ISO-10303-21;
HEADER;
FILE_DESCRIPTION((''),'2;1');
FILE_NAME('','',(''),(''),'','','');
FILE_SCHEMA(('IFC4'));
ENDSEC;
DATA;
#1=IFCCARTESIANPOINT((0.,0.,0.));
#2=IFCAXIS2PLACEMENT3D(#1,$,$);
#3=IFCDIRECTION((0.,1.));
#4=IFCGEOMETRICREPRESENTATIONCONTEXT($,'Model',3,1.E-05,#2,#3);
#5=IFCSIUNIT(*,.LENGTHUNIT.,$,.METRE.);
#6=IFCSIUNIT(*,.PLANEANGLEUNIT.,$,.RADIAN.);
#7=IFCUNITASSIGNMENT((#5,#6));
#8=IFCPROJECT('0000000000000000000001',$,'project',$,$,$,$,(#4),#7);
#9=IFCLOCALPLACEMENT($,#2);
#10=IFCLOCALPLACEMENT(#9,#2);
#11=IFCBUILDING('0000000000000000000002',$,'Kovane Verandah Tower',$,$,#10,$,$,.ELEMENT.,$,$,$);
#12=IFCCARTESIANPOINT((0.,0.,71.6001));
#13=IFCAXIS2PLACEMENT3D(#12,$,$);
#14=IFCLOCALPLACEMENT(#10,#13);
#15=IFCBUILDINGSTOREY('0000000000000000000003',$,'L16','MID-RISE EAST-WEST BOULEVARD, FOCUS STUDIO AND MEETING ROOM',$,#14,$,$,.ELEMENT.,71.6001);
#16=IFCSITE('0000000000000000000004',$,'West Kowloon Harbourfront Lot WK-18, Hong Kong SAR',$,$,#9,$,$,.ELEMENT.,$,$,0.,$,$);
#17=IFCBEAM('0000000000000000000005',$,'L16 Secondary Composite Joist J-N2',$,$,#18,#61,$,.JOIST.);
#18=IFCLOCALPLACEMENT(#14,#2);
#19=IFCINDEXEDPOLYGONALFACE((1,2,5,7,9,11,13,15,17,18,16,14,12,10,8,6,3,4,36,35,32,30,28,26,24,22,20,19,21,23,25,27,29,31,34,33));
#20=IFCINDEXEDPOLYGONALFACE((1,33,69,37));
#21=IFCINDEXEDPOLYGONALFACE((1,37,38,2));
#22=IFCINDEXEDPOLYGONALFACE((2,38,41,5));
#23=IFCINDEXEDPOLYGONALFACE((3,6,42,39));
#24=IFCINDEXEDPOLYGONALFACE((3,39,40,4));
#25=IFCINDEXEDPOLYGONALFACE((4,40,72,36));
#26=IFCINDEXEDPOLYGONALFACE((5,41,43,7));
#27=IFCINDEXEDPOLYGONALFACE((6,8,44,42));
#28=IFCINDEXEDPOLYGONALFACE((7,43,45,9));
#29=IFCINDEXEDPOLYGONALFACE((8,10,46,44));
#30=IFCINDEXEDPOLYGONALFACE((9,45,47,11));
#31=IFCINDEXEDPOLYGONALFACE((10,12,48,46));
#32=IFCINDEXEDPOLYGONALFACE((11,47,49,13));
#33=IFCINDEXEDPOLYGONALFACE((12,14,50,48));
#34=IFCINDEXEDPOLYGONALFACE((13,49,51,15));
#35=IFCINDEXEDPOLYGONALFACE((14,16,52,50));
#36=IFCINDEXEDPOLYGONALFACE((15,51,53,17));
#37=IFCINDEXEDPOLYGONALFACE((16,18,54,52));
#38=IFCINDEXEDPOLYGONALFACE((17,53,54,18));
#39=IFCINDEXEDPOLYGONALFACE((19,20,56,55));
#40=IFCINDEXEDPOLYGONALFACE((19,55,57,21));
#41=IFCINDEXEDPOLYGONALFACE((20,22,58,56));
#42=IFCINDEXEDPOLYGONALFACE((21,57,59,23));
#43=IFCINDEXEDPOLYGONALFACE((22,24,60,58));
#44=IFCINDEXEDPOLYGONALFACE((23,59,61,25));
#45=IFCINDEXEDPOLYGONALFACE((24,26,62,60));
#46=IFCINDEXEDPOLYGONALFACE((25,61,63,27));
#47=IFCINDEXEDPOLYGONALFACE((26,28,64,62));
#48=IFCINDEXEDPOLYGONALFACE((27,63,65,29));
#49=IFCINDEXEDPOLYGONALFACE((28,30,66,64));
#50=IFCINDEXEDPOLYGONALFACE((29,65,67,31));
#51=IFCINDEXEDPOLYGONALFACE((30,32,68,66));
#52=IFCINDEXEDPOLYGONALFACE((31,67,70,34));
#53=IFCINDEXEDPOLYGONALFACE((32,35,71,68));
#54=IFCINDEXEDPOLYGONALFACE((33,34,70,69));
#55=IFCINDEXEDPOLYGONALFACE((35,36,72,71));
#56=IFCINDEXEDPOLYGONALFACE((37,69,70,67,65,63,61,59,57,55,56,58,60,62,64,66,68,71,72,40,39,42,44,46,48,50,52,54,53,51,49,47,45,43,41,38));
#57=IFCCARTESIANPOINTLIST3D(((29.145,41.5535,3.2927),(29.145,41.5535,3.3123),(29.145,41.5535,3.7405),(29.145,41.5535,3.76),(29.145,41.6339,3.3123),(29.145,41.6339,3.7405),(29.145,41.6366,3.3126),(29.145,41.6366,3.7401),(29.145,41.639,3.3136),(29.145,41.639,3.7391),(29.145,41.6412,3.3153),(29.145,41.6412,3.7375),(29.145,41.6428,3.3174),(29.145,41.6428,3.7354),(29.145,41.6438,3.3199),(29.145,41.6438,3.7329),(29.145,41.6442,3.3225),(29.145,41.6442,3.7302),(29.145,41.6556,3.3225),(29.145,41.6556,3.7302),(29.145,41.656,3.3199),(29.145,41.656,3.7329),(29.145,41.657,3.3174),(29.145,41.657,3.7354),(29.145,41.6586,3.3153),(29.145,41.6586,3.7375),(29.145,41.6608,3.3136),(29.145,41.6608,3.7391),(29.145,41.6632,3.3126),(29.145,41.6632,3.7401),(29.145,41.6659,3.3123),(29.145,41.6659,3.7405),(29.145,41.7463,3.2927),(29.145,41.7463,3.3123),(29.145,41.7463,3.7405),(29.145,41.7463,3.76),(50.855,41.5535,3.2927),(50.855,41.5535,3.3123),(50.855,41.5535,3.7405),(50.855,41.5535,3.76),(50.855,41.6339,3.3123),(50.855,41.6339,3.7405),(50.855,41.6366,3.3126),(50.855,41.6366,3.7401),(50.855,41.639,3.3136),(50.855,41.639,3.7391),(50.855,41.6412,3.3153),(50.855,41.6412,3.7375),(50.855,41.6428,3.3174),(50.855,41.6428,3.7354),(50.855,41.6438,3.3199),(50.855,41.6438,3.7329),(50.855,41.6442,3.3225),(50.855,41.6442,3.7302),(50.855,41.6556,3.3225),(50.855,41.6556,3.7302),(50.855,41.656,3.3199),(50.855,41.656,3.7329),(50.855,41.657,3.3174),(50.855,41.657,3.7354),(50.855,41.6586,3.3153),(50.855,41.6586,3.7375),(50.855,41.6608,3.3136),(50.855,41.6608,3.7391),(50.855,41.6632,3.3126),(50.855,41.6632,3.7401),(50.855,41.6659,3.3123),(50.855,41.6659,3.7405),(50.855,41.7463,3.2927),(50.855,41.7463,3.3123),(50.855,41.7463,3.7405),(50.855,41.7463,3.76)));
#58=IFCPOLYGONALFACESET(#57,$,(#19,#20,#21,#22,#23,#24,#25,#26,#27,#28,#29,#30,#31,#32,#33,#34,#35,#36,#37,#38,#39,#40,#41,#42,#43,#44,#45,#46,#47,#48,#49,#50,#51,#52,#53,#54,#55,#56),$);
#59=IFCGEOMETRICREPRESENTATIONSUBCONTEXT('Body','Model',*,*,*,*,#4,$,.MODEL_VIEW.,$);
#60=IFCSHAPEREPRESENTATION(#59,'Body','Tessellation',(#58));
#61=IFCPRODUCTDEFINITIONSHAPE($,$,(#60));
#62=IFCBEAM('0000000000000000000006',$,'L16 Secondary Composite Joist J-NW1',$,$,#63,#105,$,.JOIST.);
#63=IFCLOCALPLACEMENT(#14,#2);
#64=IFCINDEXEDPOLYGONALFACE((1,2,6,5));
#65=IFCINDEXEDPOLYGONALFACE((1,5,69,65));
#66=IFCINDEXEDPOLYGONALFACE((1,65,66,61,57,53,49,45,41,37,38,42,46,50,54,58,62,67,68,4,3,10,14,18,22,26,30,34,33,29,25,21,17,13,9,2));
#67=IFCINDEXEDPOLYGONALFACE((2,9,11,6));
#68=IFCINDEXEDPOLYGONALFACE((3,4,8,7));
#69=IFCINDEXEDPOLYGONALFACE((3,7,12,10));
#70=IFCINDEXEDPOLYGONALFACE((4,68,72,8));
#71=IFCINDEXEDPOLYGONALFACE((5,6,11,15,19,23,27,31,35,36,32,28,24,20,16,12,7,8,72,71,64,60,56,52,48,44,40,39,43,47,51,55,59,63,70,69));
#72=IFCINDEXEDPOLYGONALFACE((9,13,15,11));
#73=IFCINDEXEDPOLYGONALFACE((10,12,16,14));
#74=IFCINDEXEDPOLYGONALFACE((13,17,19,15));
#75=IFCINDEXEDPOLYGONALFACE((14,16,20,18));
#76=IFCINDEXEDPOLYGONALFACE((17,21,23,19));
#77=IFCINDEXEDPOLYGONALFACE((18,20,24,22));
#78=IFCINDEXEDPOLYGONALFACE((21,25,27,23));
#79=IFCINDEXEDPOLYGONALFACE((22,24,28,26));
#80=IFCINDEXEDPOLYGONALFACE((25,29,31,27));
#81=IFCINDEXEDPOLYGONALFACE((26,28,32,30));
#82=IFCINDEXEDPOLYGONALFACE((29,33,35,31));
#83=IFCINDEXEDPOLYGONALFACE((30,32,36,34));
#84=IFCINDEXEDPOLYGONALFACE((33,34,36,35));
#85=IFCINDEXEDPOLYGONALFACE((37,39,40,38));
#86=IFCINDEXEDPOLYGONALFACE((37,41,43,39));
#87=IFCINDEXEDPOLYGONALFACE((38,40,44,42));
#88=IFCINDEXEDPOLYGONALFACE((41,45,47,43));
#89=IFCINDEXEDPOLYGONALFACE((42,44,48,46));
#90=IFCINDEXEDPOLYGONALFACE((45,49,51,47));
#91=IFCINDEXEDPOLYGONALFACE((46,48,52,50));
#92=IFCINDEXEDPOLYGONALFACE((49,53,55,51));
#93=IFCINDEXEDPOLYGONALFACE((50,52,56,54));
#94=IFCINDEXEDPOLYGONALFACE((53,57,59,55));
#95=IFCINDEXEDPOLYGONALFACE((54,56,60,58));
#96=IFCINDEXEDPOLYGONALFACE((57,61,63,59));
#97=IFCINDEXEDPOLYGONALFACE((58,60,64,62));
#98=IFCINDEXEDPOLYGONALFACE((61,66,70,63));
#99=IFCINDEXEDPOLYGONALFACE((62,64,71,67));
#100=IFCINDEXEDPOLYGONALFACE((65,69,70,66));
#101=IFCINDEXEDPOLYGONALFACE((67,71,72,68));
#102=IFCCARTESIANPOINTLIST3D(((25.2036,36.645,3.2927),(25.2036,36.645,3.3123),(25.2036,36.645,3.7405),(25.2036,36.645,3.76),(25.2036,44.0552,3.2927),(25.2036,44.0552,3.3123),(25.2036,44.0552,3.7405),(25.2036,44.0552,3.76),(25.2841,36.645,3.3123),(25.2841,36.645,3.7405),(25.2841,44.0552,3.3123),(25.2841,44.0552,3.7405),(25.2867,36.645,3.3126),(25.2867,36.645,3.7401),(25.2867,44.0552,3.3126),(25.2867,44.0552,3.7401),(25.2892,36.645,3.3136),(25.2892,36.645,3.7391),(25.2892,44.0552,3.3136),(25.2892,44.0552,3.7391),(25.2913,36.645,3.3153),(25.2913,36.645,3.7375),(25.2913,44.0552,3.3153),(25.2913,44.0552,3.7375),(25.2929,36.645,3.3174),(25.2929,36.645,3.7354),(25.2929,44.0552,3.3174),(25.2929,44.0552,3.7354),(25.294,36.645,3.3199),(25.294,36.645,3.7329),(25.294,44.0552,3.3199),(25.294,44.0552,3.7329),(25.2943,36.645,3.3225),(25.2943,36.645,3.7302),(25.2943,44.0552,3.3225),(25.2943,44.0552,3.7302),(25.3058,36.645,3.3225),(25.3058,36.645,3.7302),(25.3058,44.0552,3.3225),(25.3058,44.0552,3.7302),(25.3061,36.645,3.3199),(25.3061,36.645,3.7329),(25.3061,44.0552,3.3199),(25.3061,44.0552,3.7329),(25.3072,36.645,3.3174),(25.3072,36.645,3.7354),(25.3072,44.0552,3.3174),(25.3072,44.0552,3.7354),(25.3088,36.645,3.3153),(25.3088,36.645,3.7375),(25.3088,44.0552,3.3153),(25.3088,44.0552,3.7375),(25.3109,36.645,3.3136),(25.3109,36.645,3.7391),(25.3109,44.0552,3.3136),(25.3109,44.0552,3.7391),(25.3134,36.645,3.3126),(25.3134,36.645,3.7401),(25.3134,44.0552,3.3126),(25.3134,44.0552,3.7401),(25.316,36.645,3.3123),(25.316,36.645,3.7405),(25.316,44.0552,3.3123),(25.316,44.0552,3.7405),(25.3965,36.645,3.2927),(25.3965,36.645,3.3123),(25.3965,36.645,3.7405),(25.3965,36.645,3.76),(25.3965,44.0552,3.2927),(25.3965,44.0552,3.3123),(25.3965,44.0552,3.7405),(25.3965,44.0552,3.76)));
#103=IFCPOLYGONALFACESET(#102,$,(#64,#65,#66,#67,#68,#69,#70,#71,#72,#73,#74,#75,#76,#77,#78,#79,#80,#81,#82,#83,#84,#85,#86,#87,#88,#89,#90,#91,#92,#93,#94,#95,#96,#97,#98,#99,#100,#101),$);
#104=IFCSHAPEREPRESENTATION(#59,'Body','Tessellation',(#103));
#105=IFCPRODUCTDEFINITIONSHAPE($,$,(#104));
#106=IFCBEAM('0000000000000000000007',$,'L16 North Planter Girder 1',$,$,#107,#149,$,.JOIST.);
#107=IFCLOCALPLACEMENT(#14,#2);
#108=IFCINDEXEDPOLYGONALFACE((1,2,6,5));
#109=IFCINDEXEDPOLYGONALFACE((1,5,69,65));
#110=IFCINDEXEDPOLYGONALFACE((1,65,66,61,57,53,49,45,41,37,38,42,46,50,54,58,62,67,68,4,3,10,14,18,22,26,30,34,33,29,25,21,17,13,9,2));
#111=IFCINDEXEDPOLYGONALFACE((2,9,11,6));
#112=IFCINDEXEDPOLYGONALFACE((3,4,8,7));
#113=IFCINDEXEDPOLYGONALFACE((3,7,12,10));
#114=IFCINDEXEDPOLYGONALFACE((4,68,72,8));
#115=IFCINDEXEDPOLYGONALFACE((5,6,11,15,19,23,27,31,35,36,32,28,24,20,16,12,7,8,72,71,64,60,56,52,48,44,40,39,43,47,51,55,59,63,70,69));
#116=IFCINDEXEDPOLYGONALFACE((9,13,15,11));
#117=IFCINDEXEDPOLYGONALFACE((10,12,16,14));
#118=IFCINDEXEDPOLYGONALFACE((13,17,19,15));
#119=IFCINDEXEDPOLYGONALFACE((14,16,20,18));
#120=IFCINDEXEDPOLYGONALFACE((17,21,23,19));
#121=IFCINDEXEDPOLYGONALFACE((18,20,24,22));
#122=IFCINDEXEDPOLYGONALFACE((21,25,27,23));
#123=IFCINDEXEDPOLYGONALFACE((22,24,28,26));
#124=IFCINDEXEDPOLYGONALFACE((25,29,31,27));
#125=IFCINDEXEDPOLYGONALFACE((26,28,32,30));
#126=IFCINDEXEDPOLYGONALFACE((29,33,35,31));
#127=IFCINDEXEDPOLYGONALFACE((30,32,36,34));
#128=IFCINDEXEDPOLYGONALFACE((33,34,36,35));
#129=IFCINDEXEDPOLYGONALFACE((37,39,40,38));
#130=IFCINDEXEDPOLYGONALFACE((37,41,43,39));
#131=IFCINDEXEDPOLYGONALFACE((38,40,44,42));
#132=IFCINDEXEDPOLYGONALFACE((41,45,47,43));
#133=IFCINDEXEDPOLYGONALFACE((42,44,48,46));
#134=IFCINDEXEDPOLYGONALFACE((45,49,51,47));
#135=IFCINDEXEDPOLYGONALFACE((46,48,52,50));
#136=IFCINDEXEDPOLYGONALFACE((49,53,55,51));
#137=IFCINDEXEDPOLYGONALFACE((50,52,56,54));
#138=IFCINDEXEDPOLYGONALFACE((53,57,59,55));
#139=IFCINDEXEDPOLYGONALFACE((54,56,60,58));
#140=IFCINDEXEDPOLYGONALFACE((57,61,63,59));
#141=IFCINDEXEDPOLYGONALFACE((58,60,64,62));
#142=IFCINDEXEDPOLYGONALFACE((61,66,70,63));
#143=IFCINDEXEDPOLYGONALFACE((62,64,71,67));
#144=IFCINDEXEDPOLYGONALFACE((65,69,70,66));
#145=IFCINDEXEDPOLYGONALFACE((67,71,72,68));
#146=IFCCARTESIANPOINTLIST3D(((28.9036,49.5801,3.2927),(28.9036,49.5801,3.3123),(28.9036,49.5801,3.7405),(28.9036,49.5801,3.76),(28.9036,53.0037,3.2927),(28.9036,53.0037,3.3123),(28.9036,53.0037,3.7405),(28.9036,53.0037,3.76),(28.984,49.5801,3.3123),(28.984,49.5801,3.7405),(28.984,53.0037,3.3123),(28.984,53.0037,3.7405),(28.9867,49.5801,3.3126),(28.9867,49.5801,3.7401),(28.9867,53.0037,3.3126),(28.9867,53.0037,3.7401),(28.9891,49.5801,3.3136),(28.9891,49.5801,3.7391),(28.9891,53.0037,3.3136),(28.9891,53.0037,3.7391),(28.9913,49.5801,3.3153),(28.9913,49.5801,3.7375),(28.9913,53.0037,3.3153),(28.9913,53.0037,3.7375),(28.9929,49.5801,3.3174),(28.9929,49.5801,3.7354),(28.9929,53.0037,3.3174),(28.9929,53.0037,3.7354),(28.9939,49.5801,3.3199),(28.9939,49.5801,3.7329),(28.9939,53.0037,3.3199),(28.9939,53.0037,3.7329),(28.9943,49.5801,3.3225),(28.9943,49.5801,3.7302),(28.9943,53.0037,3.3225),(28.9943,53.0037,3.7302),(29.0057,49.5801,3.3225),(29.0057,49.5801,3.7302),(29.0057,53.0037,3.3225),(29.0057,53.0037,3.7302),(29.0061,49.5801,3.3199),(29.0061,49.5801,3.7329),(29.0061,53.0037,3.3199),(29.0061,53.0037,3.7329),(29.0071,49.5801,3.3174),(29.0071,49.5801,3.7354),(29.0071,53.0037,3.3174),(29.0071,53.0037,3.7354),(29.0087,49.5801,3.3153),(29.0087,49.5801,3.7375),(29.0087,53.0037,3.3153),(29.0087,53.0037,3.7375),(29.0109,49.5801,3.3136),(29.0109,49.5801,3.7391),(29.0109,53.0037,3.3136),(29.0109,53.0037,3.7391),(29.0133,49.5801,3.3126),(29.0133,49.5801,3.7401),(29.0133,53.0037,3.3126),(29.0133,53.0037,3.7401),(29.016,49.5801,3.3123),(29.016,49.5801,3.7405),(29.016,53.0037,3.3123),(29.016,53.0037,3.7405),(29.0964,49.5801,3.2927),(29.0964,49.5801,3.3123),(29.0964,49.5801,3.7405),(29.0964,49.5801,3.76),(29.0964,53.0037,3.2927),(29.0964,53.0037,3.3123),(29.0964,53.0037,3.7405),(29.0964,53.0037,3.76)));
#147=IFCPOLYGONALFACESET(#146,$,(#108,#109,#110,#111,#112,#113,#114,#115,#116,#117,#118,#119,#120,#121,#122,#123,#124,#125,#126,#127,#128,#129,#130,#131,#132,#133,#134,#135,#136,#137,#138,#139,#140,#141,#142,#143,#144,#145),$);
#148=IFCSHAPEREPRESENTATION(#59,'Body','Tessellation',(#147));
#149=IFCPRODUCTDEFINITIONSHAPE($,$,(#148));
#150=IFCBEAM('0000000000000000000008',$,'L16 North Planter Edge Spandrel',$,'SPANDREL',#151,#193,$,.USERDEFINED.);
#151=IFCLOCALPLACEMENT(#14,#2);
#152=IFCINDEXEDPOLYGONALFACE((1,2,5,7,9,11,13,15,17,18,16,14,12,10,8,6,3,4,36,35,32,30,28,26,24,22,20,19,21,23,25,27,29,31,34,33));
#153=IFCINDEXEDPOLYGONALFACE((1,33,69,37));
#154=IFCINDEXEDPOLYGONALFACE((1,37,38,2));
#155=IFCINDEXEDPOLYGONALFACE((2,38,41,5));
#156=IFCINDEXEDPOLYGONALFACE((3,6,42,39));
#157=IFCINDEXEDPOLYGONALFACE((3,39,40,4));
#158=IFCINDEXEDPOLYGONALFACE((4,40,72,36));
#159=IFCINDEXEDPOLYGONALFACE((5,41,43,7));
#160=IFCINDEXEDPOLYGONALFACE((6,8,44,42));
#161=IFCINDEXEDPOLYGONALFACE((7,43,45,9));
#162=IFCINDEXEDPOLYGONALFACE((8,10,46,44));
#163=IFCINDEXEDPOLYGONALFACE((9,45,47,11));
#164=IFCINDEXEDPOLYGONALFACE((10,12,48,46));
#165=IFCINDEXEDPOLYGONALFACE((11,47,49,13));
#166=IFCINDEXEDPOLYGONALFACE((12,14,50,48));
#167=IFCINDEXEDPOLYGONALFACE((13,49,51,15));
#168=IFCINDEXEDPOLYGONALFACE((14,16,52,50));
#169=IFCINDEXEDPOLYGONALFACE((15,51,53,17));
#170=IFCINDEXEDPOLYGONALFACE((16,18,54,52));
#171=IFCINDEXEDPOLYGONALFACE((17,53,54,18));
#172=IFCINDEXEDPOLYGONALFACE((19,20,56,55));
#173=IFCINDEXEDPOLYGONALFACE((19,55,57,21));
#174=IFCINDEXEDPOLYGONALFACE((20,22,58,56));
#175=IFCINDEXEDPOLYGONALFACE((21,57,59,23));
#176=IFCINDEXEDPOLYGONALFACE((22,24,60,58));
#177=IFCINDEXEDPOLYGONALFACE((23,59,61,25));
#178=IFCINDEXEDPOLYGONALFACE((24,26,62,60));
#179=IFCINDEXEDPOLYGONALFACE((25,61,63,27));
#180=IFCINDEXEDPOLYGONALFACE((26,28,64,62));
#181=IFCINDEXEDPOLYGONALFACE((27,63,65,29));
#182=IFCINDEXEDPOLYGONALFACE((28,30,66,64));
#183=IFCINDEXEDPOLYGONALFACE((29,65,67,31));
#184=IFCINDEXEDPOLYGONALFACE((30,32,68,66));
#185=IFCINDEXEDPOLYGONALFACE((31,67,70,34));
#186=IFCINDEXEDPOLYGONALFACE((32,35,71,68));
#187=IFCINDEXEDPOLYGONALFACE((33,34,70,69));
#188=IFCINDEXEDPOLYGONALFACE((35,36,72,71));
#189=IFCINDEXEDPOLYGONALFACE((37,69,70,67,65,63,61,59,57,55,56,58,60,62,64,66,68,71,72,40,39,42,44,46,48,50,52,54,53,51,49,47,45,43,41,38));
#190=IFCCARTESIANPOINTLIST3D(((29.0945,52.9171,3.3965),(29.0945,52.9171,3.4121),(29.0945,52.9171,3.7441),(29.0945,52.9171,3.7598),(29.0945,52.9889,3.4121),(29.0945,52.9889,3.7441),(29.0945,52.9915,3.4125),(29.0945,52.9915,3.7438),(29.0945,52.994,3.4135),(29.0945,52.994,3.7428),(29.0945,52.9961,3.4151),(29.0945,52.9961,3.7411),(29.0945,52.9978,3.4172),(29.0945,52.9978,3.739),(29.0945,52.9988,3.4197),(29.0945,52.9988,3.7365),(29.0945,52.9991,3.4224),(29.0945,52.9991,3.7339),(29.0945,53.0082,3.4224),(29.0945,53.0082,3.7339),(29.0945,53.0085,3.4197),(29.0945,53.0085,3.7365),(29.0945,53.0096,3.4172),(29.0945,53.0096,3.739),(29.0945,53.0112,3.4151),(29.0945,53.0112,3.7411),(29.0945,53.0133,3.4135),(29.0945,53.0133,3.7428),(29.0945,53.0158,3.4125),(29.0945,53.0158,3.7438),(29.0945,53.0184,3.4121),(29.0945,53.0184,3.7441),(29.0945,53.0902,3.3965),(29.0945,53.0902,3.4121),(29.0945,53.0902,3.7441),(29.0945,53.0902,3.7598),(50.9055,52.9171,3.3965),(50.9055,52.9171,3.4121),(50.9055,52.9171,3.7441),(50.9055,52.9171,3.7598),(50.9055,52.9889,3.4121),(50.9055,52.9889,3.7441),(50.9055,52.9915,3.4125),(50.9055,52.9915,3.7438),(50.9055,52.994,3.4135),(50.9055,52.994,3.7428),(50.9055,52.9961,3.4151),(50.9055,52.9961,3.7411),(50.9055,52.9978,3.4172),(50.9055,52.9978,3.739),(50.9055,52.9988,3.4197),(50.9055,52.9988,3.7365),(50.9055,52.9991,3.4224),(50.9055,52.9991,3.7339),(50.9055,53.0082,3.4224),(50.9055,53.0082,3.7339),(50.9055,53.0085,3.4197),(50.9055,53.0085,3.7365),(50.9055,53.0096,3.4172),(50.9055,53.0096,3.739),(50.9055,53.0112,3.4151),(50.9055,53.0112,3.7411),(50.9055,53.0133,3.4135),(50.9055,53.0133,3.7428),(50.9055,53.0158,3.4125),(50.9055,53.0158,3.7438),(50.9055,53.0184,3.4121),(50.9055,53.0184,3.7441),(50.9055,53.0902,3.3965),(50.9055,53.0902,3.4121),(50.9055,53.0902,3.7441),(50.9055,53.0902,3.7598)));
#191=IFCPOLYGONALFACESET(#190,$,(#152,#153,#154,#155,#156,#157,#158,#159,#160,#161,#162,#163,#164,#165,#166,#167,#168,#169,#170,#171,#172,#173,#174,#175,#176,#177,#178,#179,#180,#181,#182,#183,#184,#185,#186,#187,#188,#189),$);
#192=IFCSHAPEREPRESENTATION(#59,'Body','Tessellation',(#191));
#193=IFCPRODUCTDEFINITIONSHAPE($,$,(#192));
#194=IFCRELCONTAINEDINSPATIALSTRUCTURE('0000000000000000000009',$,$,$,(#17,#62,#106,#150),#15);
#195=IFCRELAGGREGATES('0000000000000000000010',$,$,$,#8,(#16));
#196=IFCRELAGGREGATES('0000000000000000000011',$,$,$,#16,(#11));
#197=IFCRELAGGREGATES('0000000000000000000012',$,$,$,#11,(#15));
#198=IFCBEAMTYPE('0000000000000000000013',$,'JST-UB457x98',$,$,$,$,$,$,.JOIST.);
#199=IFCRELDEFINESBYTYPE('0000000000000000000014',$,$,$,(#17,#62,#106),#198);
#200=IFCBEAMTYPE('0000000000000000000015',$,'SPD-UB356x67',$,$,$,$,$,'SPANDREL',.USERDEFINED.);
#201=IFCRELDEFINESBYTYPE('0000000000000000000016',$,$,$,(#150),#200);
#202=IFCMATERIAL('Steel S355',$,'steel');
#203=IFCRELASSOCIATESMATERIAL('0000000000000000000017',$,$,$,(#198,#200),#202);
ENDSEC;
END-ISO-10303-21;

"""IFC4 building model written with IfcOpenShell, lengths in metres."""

from ifc_helpers import new_model, si_unit, direction, frame, origin, origin_2d, place, context, subcontext, project, spatial, i_section, extrude, material, material_profile, profile_set, type_object, element, save


model = new_model("IFC4")

# Units and contexts
model_context = context("Model", 3, precision=1e-05, world=origin(), true_north=direction((0.0, 1.0)))
body_context = subcontext(model_context, "Body", "Model", "MODEL_VIEW")
ifc_project = project(units=[si_unit("LENGTHUNIT", "METRE"), si_unit("PLANEANGLEUNIT", "RADIAN")], contexts=[model_context])

# Site, building, storey
site_placement = place(None, origin())
site = spatial("IfcSite", under=ifc_project, at=site_placement, Name="West Kowloon Harbourfront Lot WK-18, Hong Kong SAR", CompositionType="ELEMENT", RefElevation=0.0)
building_placement = place(site_placement, origin())
building = spatial("IfcBuilding", under=site, at=building_placement, Name="Kovane Verandah Tower", CompositionType="ELEMENT")
storey_placement = place(building_placement, frame((0.0, 0.0, 71.6001)))
storey = spatial("IfcBuildingStorey", under=building, at=storey_placement, Name="L16", Description="MID-RISE EAST-WEST BOULEVARD, FOCUS STUDIO AND MEETING ROOM", CompositionType="ELEMENT", Elevation=71.6001)

# Beams
ifc_material_1 = material(Name="Steel S355", Category="steel")
ifc_material_profile_1 = material_profile(ifc_material_1, i_section(OverallWidth=0.1929, OverallDepth=0.4673, WebThickness=0.0115, FlangeThickness=0.0195, FilletRadius=0.0103, at=origin_2d()), Name="UB457x191x98")
ifc_profile_set_1 = profile_set([ifc_material_profile_1], Name="Steel S355")
beam_type_1 = type_object("IfcBeamType", Name="JST-UB457x98", PredefinedType="JOIST", material=ifc_profile_set_1)
for number, where, z_axis, x_axis, name in (
    (1, (29.145, 41.6499, 3.5264), (1.0, 0.0, 0.0), (0.0, 1.0, 0.0), "L16 Secondary Composite Joist J-N2"),
):
    element("IfcBeam", number, at=place(storey_placement, frame(where, z_axis=z_axis, x_axis=x_axis)), inside=storey, type_object=beam_type_1, Name=name, PredefinedType="JOIST", context=body_context, shape_type="SweptSolid", body=[
        extrude(i_section(OverallWidth=0.1929, OverallDepth=0.4673, WebThickness=0.0115, FlangeThickness=0.0195, FilletRadius=0.0103, at=origin_2d()), origin(), (0.0, 0.0, 1.0), 21.71),
    ])
beam_1_placement = place(storey_placement, frame((25.3, 36.645, 3.5264), z_axis=(0.0, 1.0, 0.0), x_axis=(-1.0, 0.0, 0.0)))
element("IfcBeam", 2, at=beam_1_placement, inside=storey, type_object=beam_type_1, Name="L16 Secondary Composite Joist J-NW1", PredefinedType="JOIST", context=body_context, shape_type="SweptSolid", body=[
    extrude(i_section(OverallWidth=0.1929, OverallDepth=0.4673, WebThickness=0.0115, FlangeThickness=0.0195, FilletRadius=0.0103, at=origin_2d()), origin(), (0.0, 0.0, 1.0), 7.4102),
])
beam_2_placement = place(storey_placement, frame((29.0, 49.5801, 3.5264), z_axis=(0.0, 1.0, 0.0), x_axis=(-1.0, 0.0, 0.0)))
element("IfcBeam", 3, at=beam_2_placement, inside=storey, type_object=beam_type_1, Name="L16 North Planter Girder 1", PredefinedType="JOIST", context=body_context, shape_type="SweptSolid", body=[
    extrude(i_section(OverallWidth=0.1929, OverallDepth=0.4673, WebThickness=0.0115, FlangeThickness=0.0195, FilletRadius=0.0103, at=origin_2d()), origin(), (0.0, 0.0, 1.0), 3.4236),
])
ifc_material_profile_2 = material_profile(ifc_material_1, i_section(OverallWidth=0.1731, OverallDepth=0.3633, WebThickness=0.009, FlangeThickness=0.0156, FilletRadius=0.0103, at=origin_2d()), Name="UB356x171x67")
ifc_profile_set_2 = profile_set([ifc_material_profile_2], Name="Steel S355")
beam_type_2 = type_object("IfcBeamType", Name="SPD-UB356x67", ElementType="SPANDREL", PredefinedType="USERDEFINED", material=ifc_profile_set_2)
beam_3_placement = place(storey_placement, frame((29.0945, 53.0037, 3.5781), z_axis=(1.0, 0.0, 0.0), x_axis=(0.0, 1.0, 0.0)))
element("IfcBeam", 4, at=beam_3_placement, inside=storey, type_object=beam_type_2, Name="L16 North Planter Edge Spandrel", ObjectType="SPANDREL", PredefinedType="USERDEFINED", context=body_context, shape_type="SweptSolid", body=[
    extrude(i_section(OverallWidth=0.1731, OverallDepth=0.3633, WebThickness=0.009, FlangeThickness=0.0156, FilletRadius=0.0103, at=origin_2d()), origin(), (0.0, 0.0, 1.0), 21.811),
])

save(model, "model.ifc")
